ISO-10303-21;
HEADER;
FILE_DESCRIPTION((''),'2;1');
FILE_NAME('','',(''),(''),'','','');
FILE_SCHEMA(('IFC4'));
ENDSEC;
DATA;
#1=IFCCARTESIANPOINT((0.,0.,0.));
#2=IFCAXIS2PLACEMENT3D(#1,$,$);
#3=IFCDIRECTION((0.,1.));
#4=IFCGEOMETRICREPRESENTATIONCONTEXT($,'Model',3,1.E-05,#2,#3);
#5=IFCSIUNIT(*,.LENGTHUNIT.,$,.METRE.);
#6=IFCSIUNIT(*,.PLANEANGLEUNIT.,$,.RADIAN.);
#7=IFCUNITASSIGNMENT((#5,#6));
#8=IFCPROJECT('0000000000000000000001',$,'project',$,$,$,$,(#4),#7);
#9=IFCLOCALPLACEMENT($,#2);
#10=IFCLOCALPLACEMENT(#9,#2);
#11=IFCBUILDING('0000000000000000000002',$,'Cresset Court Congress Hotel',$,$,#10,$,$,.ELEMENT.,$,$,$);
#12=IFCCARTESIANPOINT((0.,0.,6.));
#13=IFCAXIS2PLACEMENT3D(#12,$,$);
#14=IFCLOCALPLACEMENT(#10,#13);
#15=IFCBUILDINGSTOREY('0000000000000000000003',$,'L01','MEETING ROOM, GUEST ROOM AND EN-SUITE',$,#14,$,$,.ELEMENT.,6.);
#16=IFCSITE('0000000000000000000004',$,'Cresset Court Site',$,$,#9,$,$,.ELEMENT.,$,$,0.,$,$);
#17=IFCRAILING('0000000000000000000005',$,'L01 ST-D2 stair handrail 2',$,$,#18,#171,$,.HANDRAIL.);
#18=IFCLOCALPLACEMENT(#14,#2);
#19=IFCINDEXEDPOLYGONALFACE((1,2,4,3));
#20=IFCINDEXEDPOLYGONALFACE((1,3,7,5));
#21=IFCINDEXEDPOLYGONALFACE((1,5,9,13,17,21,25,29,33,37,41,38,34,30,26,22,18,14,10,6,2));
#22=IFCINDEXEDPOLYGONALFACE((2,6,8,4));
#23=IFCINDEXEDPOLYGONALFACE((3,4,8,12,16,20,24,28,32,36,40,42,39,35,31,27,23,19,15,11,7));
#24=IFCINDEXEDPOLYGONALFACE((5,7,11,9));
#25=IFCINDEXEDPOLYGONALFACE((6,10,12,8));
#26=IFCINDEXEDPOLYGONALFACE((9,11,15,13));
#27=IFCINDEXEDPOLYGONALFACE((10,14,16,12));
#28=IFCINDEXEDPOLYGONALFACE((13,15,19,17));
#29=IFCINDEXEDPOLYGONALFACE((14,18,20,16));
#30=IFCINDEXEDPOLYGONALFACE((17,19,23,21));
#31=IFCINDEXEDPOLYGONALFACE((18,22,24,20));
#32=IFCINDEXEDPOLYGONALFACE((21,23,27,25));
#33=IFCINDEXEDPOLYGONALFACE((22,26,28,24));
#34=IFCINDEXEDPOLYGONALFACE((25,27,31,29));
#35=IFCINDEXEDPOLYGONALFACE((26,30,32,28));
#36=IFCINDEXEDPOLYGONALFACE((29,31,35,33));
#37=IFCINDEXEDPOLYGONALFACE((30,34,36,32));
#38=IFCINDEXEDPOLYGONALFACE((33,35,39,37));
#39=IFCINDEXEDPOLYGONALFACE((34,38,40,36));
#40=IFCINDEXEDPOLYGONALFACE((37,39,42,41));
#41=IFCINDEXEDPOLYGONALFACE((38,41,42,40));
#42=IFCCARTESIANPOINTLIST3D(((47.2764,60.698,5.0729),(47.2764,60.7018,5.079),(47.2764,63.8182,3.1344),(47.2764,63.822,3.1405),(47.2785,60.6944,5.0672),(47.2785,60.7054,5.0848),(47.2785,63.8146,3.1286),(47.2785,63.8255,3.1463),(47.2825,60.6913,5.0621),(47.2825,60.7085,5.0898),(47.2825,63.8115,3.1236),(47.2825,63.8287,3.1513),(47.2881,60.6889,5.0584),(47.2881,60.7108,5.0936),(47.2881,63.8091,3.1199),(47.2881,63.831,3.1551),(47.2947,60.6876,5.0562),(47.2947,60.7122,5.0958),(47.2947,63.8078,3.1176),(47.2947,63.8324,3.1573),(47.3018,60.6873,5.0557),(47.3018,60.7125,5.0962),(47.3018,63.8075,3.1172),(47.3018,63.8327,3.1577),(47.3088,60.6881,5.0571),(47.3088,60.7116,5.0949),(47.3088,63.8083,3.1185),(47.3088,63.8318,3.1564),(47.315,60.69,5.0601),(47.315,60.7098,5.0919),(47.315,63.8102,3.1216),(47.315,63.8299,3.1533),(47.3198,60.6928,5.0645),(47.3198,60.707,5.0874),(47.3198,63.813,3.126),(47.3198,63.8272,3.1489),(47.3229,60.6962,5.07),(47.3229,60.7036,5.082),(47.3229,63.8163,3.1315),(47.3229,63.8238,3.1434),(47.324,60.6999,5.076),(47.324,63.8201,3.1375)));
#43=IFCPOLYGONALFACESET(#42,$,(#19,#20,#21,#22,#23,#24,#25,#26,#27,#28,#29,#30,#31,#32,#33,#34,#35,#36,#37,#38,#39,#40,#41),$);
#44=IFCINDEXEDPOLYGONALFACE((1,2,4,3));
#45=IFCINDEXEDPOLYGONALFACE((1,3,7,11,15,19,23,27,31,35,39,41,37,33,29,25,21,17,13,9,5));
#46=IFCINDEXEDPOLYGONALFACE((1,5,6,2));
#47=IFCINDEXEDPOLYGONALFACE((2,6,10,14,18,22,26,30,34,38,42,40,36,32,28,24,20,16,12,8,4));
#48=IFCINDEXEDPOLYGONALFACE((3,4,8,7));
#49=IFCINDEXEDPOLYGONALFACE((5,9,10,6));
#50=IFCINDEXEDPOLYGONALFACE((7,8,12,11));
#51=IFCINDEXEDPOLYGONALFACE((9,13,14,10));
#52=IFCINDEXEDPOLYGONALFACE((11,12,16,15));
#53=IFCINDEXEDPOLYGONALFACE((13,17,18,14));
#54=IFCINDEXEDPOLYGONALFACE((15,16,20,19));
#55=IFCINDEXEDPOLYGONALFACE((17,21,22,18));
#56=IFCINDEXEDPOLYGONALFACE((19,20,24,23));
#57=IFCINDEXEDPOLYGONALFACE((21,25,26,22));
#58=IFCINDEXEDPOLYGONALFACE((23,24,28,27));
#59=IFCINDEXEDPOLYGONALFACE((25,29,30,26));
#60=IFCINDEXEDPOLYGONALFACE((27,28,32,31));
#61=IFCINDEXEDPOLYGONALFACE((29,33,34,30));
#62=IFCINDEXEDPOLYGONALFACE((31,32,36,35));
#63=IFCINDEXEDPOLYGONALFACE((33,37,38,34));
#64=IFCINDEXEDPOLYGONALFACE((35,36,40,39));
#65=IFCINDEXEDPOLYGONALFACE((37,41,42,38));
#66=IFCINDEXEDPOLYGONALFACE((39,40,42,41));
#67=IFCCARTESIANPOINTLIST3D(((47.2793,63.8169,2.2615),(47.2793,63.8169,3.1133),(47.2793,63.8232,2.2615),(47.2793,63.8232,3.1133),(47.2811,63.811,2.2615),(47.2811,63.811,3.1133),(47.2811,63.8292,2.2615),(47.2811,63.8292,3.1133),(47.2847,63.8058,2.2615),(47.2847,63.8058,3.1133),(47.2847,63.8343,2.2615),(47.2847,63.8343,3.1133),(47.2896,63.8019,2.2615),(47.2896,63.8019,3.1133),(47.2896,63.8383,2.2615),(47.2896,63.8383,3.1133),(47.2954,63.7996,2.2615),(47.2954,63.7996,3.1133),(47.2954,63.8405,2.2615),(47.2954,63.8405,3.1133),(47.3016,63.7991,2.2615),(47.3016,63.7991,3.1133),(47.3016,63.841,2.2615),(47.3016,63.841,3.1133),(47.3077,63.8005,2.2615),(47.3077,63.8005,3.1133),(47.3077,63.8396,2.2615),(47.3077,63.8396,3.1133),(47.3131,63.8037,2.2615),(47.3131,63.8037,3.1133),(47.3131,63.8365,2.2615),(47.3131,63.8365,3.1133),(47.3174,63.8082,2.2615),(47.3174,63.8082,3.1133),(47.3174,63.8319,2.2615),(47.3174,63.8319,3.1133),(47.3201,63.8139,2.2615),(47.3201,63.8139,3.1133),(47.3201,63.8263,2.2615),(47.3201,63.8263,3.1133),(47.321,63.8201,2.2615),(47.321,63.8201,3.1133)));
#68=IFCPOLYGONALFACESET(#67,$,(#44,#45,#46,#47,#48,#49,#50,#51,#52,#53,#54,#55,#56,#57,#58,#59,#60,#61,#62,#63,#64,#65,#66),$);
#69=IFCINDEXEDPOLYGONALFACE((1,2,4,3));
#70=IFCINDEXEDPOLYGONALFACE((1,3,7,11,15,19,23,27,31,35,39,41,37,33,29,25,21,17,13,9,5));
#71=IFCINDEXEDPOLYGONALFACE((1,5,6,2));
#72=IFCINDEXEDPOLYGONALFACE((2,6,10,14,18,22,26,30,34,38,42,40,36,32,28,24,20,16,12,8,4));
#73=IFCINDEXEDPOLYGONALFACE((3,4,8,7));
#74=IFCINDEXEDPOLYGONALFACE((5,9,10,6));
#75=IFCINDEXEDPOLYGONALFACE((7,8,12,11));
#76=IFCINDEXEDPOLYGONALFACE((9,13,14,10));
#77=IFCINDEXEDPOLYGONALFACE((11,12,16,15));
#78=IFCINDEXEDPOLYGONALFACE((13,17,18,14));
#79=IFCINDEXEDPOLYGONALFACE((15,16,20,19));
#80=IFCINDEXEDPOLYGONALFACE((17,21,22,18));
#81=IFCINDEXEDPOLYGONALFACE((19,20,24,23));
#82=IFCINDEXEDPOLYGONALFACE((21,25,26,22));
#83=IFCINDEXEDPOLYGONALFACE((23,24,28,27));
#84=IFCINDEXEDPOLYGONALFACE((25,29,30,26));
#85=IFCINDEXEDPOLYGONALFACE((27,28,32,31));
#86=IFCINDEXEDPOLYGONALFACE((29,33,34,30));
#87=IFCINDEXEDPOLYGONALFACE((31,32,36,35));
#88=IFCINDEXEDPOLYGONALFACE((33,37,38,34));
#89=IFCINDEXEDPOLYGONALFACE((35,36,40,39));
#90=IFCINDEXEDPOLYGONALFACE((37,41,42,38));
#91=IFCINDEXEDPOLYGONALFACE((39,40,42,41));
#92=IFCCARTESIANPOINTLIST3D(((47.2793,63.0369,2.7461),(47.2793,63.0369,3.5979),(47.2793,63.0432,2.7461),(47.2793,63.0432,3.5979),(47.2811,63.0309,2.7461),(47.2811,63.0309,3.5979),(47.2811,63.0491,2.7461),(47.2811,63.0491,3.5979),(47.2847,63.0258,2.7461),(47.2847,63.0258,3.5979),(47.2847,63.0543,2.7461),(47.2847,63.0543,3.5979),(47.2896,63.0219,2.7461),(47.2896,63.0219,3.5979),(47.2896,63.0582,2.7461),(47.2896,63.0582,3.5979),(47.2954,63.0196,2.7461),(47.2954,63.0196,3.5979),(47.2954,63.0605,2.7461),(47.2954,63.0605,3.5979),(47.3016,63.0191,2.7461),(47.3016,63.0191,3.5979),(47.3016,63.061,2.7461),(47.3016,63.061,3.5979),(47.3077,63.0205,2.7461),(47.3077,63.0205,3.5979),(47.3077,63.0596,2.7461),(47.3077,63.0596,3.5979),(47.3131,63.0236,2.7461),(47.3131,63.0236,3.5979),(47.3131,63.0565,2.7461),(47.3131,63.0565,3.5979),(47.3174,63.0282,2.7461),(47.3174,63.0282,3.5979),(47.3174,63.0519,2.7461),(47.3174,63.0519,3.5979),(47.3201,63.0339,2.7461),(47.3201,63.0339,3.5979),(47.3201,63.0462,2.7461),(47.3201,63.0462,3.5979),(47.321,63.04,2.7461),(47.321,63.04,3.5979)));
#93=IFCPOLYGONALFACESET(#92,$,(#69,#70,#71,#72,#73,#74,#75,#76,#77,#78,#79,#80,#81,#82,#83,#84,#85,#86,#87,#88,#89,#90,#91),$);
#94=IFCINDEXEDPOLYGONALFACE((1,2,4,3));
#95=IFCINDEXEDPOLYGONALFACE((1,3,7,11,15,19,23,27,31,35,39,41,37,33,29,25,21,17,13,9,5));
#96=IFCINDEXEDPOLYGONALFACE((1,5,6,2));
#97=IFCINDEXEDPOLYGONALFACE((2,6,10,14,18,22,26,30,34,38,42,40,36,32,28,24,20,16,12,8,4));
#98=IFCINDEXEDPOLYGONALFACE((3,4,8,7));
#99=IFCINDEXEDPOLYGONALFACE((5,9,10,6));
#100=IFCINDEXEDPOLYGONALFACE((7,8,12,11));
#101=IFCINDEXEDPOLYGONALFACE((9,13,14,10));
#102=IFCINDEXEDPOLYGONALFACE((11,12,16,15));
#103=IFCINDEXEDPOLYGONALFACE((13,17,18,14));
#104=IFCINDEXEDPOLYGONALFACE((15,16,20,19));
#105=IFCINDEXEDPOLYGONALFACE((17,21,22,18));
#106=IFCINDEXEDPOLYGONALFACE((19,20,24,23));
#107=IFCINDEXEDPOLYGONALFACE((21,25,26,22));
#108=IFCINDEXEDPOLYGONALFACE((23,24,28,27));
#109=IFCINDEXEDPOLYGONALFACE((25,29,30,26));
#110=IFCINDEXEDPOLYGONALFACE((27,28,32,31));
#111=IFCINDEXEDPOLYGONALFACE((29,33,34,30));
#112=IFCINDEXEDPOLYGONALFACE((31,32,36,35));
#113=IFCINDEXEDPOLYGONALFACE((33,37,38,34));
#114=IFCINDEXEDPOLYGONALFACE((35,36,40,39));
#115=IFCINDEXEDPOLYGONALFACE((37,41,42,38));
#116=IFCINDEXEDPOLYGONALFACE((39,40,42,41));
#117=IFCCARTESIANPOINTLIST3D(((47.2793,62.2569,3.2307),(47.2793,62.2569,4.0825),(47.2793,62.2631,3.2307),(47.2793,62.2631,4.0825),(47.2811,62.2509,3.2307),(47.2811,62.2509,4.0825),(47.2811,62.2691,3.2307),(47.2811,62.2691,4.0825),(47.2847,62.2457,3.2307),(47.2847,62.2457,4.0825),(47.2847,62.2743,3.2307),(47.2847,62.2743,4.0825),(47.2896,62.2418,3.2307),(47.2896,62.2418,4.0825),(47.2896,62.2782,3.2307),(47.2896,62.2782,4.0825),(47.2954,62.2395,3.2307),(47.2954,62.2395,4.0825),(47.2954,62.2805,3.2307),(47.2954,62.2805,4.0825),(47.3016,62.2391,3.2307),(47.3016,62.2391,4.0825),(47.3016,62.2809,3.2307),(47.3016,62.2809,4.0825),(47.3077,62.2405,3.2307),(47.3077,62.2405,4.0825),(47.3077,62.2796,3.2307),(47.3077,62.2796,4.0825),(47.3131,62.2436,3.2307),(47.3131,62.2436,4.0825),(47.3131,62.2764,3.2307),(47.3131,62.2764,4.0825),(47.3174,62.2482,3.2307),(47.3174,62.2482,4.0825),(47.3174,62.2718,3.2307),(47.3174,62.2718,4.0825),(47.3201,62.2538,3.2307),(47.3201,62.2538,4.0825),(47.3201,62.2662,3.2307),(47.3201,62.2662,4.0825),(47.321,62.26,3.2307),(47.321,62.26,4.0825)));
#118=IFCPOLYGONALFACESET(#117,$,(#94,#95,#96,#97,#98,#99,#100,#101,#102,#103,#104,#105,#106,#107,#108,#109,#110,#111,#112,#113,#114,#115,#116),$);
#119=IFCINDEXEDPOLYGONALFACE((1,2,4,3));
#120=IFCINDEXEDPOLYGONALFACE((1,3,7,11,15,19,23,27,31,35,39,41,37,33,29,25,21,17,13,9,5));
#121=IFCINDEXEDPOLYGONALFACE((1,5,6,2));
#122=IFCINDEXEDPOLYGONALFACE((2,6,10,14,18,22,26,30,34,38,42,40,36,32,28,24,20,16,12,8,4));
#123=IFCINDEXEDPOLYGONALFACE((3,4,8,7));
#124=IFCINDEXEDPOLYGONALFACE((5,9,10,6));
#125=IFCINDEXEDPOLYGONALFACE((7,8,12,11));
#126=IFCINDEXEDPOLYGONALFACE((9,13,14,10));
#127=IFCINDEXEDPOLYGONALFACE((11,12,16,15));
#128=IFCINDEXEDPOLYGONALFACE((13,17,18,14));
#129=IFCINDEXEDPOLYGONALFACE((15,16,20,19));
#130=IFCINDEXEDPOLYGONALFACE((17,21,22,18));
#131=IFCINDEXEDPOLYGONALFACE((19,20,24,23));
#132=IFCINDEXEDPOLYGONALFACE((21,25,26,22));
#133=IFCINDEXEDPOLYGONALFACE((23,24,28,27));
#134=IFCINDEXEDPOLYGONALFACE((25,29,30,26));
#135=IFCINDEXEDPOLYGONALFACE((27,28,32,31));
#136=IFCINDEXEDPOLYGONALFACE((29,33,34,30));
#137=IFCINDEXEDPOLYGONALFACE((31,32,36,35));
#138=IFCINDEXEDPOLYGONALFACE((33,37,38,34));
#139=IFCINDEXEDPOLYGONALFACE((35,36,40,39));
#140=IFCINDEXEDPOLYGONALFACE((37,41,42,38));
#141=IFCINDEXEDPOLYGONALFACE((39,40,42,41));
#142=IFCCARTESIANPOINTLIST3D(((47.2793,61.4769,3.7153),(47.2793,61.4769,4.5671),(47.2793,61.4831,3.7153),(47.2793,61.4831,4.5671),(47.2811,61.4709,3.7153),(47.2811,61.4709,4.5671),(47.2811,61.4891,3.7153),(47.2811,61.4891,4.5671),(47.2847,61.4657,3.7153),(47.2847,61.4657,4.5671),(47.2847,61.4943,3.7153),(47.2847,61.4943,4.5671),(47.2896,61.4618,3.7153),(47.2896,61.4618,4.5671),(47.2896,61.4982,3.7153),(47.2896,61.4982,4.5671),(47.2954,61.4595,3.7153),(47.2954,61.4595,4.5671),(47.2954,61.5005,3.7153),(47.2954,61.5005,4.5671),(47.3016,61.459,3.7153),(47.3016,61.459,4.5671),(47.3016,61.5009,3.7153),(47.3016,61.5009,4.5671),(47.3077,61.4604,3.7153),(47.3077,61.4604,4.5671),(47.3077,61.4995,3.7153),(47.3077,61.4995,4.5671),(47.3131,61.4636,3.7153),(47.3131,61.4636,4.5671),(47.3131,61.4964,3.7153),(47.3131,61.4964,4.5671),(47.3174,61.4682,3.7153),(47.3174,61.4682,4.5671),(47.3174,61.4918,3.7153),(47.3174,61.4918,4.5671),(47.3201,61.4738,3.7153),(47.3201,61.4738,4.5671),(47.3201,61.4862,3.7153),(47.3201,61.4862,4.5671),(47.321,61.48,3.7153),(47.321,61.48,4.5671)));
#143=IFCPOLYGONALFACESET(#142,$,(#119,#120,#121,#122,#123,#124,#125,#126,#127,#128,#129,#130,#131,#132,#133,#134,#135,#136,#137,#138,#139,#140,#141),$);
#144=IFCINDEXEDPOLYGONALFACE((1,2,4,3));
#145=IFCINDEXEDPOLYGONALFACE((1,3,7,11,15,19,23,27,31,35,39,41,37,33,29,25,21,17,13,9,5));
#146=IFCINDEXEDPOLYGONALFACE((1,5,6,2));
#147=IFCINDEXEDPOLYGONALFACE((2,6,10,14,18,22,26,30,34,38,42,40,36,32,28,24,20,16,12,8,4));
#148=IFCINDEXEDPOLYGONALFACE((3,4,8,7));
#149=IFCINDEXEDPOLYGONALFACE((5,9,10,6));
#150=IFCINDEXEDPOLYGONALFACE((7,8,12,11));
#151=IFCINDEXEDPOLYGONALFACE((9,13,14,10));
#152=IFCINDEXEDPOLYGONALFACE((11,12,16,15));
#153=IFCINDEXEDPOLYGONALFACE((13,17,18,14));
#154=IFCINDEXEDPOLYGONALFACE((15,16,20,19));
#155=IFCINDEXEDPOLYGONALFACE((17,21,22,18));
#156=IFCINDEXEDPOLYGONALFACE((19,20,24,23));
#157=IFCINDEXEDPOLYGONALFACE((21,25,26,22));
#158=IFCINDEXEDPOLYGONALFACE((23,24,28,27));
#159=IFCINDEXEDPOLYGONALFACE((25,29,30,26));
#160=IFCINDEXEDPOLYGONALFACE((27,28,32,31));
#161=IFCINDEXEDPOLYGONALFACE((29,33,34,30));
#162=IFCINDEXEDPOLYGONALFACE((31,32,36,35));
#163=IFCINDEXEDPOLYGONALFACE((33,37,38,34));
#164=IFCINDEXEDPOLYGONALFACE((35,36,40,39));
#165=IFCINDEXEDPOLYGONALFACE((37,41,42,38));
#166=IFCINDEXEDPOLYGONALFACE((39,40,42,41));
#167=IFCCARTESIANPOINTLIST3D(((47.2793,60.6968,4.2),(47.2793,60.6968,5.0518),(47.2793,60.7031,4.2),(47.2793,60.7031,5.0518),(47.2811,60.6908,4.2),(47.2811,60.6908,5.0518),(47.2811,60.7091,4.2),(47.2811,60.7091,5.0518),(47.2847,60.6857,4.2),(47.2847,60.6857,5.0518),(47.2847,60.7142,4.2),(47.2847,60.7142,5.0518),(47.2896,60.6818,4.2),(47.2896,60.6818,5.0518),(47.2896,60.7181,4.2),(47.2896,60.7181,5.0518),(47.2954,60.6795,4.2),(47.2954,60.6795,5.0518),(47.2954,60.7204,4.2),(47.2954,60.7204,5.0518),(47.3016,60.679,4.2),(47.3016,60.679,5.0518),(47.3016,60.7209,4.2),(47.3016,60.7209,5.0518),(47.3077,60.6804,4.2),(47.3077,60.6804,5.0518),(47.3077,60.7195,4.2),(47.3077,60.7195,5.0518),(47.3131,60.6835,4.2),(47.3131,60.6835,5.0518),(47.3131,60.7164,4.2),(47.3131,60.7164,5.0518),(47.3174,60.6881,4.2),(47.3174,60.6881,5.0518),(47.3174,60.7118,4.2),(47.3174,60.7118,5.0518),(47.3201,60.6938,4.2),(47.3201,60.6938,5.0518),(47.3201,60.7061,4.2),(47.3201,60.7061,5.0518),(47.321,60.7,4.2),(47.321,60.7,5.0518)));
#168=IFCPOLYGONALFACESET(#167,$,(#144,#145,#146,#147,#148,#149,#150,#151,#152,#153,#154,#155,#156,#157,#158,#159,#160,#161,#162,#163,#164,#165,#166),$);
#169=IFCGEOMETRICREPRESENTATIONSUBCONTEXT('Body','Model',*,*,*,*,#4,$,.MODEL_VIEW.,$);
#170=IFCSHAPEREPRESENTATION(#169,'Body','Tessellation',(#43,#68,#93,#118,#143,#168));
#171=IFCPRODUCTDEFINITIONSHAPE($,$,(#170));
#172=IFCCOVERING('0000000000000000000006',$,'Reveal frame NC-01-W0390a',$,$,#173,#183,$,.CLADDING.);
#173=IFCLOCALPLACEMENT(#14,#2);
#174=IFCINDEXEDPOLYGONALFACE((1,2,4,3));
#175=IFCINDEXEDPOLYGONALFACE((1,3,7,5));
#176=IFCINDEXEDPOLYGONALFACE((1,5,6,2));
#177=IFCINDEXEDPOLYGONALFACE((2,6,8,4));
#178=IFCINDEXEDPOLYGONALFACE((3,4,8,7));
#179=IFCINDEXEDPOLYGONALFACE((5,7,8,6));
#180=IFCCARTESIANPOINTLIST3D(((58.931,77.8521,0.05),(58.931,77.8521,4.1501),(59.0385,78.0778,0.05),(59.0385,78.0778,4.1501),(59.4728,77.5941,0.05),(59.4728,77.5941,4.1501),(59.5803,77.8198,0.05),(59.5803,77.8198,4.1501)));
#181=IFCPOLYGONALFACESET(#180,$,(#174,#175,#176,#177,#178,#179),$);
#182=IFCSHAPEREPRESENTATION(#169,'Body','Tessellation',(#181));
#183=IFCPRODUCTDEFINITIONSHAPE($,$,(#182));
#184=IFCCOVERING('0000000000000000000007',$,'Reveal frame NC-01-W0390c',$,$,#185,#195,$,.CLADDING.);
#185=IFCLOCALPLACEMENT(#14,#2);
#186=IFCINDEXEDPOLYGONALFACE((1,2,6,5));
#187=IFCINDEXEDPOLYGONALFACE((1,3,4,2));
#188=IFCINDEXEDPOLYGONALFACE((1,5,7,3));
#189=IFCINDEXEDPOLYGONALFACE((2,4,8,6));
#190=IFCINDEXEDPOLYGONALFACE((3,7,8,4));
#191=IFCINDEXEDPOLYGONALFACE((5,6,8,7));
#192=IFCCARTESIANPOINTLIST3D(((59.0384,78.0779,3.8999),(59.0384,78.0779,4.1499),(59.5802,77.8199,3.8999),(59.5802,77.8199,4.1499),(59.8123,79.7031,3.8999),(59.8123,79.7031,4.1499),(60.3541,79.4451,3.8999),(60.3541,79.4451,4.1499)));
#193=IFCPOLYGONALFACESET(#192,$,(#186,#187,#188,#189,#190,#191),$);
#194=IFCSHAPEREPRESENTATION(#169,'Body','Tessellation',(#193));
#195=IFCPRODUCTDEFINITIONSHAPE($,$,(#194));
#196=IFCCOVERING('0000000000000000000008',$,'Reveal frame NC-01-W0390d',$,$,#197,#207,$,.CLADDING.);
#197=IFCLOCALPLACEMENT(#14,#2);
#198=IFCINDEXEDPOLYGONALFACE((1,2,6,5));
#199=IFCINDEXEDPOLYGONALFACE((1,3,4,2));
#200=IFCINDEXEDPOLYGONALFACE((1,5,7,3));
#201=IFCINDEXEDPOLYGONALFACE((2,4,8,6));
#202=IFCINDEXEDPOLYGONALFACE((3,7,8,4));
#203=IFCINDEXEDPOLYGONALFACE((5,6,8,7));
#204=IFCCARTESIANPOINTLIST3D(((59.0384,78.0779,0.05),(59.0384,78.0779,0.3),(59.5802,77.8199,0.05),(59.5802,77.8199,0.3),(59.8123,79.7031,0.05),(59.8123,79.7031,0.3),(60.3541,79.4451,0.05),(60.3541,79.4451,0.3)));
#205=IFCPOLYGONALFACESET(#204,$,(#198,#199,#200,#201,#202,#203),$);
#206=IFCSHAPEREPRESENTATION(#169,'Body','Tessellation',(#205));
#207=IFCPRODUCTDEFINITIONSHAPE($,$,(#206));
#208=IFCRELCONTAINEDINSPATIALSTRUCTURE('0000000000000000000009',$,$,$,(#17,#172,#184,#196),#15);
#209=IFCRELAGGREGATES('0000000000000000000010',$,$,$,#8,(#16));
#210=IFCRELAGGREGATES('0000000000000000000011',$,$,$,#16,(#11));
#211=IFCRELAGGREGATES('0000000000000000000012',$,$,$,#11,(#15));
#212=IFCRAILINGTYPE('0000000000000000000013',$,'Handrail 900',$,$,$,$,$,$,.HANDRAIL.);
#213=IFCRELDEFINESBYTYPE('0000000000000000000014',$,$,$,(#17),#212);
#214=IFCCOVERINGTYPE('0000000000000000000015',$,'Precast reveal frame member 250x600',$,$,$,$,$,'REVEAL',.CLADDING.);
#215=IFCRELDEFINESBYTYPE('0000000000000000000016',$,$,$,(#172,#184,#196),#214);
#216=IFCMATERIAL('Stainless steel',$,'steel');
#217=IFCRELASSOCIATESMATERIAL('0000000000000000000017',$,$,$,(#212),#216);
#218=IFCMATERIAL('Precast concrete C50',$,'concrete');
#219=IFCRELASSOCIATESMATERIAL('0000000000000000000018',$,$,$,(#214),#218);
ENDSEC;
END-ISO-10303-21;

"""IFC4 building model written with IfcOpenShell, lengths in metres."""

from ifc_helpers import new_model, si_unit, direction, frame, origin, origin_2d, place, context, subcontext, project, spatial, rectangle, circle, extrude, material, type_object, element, save


model = new_model("IFC4")

# Units and contexts
model_context = context("Model", 3, precision=1e-05, world=origin(), true_north=direction((0.0, 1.0)))
body_context = subcontext(model_context, "Body", "Model", "MODEL_VIEW")
ifc_project = project(units=[si_unit("LENGTHUNIT", "METRE"), si_unit("PLANEANGLEUNIT", "RADIAN")], contexts=[model_context])

# Site, building, storey
site_placement = place(None, origin())
site = spatial("IfcSite", under=ifc_project, at=site_placement, Name="Cresset Court Site", CompositionType="ELEMENT", RefElevation=0.0)
building_placement = place(site_placement, origin())
building = spatial("IfcBuilding", under=site, at=building_placement, Name="Cresset Court Congress Hotel", CompositionType="ELEMENT")
storey_placement = place(building_placement, frame((0.0, 0.0, 6.0)))
storey = spatial("IfcBuildingStorey", under=building, at=storey_placement, Name="L01", Description="MEETING ROOM, GUEST ROOM AND EN-SUITE", CompositionType="ELEMENT", Elevation=6.0)

# Railing
ifc_material_1 = material(Name="Stainless steel", Category="steel")
railing_type_1 = type_object("IfcRailingType", Name="Handrail 900", PredefinedType="HANDRAIL", material=ifc_material_1)
railing_1_placement = place(storey_placement, frame((47.3, 63.8201, 2.2615)))
element("IfcRailing", 1, at=railing_1_placement, inside=storey, type_object=railing_type_1, Name="L01 ST-D2 stair handrail 2", PredefinedType="HANDRAIL", context=body_context, shape_type="SweptSolid", body=[
    extrude(circle(Radius=0.0239, at=origin_2d()), frame((0.0, 0.0, 0.876), z_axis=(0.0, -0.849414, 0.527727), x_axis=(1.0, 0.0, 0.0)), (0.0, 0.0, 1.0), 3.6733),
    extrude(circle(Radius=0.021, at=origin_2d()), origin(), (0.0, 0.0, 1.0), 0.8518),
    extrude(circle(Radius=0.021, at=origin_2d()), frame((0.0, -0.78, 0.4846)), (0.0, 0.0, 1.0), 0.8518),
    extrude(circle(Radius=0.021, at=origin_2d()), frame((0.0, -1.5601, 0.9692)), (0.0, 0.0, 1.0), 0.8518),
    extrude(circle(Radius=0.021, at=origin_2d()), frame((0.0, -2.3401, 1.4539)), (0.0, 0.0, 1.0), 0.8518),
    extrude(circle(Radius=0.021, at=origin_2d()), frame((0.0, -3.1201, 1.9385)), (0.0, 0.0, 1.0), 0.8518),
])

# Coverings
ifc_material_2 = material(Name="Precast concrete C50", Category="concrete")
covering_type = type_object("IfcCoveringType", Name="Precast reveal frame member 250x600", ElementType="REVEAL", PredefinedType="CLADDING", material=ifc_material_2)
covering_placement = place(storey_placement, frame((59.2556, 77.8359, 0.05), z_axis=(0.0, 0.0, 1.0), x_axis=(0.429933, 0.902861, 0.0)))
element("IfcCovering", 2, at=covering_placement, inside=storey, type_object=covering_type, Name="Reveal frame NC-01-W0390a", PredefinedType="CLADDING", context=body_context, shape_type="SweptSolid", body=[
    extrude(rectangle(XDim=0.25, YDim=0.6001, at=origin_2d()), origin(), (0.0, 0.0, 1.0), 4.1001),
])
for number, where, z_axis, x_axis, name in (
    (3, (59.6963, 78.7615, 3.8999), (0.0, 0.0, 1.0), (0.429933, 0.902861, 0.0), "Reveal frame NC-01-W0390c"),
    (4, (59.6963, 78.7615, 0.05), (0.0, 0.0, 1.0), (0.429933, 0.902861, 0.0), "Reveal frame NC-01-W0390d"),
):
    element("IfcCovering", number, at=place(storey_placement, frame(where, z_axis=z_axis, x_axis=x_axis)), inside=storey, type_object=covering_type, Name=name, PredefinedType="CLADDING", context=body_context, shape_type="SweptSolid", body=[
        extrude(rectangle(XDim=1.8, YDim=0.6001, at=origin_2d()), origin(), (0.0, 0.0, 1.0), 0.25),
    ])

save(model, "model.ifc")
